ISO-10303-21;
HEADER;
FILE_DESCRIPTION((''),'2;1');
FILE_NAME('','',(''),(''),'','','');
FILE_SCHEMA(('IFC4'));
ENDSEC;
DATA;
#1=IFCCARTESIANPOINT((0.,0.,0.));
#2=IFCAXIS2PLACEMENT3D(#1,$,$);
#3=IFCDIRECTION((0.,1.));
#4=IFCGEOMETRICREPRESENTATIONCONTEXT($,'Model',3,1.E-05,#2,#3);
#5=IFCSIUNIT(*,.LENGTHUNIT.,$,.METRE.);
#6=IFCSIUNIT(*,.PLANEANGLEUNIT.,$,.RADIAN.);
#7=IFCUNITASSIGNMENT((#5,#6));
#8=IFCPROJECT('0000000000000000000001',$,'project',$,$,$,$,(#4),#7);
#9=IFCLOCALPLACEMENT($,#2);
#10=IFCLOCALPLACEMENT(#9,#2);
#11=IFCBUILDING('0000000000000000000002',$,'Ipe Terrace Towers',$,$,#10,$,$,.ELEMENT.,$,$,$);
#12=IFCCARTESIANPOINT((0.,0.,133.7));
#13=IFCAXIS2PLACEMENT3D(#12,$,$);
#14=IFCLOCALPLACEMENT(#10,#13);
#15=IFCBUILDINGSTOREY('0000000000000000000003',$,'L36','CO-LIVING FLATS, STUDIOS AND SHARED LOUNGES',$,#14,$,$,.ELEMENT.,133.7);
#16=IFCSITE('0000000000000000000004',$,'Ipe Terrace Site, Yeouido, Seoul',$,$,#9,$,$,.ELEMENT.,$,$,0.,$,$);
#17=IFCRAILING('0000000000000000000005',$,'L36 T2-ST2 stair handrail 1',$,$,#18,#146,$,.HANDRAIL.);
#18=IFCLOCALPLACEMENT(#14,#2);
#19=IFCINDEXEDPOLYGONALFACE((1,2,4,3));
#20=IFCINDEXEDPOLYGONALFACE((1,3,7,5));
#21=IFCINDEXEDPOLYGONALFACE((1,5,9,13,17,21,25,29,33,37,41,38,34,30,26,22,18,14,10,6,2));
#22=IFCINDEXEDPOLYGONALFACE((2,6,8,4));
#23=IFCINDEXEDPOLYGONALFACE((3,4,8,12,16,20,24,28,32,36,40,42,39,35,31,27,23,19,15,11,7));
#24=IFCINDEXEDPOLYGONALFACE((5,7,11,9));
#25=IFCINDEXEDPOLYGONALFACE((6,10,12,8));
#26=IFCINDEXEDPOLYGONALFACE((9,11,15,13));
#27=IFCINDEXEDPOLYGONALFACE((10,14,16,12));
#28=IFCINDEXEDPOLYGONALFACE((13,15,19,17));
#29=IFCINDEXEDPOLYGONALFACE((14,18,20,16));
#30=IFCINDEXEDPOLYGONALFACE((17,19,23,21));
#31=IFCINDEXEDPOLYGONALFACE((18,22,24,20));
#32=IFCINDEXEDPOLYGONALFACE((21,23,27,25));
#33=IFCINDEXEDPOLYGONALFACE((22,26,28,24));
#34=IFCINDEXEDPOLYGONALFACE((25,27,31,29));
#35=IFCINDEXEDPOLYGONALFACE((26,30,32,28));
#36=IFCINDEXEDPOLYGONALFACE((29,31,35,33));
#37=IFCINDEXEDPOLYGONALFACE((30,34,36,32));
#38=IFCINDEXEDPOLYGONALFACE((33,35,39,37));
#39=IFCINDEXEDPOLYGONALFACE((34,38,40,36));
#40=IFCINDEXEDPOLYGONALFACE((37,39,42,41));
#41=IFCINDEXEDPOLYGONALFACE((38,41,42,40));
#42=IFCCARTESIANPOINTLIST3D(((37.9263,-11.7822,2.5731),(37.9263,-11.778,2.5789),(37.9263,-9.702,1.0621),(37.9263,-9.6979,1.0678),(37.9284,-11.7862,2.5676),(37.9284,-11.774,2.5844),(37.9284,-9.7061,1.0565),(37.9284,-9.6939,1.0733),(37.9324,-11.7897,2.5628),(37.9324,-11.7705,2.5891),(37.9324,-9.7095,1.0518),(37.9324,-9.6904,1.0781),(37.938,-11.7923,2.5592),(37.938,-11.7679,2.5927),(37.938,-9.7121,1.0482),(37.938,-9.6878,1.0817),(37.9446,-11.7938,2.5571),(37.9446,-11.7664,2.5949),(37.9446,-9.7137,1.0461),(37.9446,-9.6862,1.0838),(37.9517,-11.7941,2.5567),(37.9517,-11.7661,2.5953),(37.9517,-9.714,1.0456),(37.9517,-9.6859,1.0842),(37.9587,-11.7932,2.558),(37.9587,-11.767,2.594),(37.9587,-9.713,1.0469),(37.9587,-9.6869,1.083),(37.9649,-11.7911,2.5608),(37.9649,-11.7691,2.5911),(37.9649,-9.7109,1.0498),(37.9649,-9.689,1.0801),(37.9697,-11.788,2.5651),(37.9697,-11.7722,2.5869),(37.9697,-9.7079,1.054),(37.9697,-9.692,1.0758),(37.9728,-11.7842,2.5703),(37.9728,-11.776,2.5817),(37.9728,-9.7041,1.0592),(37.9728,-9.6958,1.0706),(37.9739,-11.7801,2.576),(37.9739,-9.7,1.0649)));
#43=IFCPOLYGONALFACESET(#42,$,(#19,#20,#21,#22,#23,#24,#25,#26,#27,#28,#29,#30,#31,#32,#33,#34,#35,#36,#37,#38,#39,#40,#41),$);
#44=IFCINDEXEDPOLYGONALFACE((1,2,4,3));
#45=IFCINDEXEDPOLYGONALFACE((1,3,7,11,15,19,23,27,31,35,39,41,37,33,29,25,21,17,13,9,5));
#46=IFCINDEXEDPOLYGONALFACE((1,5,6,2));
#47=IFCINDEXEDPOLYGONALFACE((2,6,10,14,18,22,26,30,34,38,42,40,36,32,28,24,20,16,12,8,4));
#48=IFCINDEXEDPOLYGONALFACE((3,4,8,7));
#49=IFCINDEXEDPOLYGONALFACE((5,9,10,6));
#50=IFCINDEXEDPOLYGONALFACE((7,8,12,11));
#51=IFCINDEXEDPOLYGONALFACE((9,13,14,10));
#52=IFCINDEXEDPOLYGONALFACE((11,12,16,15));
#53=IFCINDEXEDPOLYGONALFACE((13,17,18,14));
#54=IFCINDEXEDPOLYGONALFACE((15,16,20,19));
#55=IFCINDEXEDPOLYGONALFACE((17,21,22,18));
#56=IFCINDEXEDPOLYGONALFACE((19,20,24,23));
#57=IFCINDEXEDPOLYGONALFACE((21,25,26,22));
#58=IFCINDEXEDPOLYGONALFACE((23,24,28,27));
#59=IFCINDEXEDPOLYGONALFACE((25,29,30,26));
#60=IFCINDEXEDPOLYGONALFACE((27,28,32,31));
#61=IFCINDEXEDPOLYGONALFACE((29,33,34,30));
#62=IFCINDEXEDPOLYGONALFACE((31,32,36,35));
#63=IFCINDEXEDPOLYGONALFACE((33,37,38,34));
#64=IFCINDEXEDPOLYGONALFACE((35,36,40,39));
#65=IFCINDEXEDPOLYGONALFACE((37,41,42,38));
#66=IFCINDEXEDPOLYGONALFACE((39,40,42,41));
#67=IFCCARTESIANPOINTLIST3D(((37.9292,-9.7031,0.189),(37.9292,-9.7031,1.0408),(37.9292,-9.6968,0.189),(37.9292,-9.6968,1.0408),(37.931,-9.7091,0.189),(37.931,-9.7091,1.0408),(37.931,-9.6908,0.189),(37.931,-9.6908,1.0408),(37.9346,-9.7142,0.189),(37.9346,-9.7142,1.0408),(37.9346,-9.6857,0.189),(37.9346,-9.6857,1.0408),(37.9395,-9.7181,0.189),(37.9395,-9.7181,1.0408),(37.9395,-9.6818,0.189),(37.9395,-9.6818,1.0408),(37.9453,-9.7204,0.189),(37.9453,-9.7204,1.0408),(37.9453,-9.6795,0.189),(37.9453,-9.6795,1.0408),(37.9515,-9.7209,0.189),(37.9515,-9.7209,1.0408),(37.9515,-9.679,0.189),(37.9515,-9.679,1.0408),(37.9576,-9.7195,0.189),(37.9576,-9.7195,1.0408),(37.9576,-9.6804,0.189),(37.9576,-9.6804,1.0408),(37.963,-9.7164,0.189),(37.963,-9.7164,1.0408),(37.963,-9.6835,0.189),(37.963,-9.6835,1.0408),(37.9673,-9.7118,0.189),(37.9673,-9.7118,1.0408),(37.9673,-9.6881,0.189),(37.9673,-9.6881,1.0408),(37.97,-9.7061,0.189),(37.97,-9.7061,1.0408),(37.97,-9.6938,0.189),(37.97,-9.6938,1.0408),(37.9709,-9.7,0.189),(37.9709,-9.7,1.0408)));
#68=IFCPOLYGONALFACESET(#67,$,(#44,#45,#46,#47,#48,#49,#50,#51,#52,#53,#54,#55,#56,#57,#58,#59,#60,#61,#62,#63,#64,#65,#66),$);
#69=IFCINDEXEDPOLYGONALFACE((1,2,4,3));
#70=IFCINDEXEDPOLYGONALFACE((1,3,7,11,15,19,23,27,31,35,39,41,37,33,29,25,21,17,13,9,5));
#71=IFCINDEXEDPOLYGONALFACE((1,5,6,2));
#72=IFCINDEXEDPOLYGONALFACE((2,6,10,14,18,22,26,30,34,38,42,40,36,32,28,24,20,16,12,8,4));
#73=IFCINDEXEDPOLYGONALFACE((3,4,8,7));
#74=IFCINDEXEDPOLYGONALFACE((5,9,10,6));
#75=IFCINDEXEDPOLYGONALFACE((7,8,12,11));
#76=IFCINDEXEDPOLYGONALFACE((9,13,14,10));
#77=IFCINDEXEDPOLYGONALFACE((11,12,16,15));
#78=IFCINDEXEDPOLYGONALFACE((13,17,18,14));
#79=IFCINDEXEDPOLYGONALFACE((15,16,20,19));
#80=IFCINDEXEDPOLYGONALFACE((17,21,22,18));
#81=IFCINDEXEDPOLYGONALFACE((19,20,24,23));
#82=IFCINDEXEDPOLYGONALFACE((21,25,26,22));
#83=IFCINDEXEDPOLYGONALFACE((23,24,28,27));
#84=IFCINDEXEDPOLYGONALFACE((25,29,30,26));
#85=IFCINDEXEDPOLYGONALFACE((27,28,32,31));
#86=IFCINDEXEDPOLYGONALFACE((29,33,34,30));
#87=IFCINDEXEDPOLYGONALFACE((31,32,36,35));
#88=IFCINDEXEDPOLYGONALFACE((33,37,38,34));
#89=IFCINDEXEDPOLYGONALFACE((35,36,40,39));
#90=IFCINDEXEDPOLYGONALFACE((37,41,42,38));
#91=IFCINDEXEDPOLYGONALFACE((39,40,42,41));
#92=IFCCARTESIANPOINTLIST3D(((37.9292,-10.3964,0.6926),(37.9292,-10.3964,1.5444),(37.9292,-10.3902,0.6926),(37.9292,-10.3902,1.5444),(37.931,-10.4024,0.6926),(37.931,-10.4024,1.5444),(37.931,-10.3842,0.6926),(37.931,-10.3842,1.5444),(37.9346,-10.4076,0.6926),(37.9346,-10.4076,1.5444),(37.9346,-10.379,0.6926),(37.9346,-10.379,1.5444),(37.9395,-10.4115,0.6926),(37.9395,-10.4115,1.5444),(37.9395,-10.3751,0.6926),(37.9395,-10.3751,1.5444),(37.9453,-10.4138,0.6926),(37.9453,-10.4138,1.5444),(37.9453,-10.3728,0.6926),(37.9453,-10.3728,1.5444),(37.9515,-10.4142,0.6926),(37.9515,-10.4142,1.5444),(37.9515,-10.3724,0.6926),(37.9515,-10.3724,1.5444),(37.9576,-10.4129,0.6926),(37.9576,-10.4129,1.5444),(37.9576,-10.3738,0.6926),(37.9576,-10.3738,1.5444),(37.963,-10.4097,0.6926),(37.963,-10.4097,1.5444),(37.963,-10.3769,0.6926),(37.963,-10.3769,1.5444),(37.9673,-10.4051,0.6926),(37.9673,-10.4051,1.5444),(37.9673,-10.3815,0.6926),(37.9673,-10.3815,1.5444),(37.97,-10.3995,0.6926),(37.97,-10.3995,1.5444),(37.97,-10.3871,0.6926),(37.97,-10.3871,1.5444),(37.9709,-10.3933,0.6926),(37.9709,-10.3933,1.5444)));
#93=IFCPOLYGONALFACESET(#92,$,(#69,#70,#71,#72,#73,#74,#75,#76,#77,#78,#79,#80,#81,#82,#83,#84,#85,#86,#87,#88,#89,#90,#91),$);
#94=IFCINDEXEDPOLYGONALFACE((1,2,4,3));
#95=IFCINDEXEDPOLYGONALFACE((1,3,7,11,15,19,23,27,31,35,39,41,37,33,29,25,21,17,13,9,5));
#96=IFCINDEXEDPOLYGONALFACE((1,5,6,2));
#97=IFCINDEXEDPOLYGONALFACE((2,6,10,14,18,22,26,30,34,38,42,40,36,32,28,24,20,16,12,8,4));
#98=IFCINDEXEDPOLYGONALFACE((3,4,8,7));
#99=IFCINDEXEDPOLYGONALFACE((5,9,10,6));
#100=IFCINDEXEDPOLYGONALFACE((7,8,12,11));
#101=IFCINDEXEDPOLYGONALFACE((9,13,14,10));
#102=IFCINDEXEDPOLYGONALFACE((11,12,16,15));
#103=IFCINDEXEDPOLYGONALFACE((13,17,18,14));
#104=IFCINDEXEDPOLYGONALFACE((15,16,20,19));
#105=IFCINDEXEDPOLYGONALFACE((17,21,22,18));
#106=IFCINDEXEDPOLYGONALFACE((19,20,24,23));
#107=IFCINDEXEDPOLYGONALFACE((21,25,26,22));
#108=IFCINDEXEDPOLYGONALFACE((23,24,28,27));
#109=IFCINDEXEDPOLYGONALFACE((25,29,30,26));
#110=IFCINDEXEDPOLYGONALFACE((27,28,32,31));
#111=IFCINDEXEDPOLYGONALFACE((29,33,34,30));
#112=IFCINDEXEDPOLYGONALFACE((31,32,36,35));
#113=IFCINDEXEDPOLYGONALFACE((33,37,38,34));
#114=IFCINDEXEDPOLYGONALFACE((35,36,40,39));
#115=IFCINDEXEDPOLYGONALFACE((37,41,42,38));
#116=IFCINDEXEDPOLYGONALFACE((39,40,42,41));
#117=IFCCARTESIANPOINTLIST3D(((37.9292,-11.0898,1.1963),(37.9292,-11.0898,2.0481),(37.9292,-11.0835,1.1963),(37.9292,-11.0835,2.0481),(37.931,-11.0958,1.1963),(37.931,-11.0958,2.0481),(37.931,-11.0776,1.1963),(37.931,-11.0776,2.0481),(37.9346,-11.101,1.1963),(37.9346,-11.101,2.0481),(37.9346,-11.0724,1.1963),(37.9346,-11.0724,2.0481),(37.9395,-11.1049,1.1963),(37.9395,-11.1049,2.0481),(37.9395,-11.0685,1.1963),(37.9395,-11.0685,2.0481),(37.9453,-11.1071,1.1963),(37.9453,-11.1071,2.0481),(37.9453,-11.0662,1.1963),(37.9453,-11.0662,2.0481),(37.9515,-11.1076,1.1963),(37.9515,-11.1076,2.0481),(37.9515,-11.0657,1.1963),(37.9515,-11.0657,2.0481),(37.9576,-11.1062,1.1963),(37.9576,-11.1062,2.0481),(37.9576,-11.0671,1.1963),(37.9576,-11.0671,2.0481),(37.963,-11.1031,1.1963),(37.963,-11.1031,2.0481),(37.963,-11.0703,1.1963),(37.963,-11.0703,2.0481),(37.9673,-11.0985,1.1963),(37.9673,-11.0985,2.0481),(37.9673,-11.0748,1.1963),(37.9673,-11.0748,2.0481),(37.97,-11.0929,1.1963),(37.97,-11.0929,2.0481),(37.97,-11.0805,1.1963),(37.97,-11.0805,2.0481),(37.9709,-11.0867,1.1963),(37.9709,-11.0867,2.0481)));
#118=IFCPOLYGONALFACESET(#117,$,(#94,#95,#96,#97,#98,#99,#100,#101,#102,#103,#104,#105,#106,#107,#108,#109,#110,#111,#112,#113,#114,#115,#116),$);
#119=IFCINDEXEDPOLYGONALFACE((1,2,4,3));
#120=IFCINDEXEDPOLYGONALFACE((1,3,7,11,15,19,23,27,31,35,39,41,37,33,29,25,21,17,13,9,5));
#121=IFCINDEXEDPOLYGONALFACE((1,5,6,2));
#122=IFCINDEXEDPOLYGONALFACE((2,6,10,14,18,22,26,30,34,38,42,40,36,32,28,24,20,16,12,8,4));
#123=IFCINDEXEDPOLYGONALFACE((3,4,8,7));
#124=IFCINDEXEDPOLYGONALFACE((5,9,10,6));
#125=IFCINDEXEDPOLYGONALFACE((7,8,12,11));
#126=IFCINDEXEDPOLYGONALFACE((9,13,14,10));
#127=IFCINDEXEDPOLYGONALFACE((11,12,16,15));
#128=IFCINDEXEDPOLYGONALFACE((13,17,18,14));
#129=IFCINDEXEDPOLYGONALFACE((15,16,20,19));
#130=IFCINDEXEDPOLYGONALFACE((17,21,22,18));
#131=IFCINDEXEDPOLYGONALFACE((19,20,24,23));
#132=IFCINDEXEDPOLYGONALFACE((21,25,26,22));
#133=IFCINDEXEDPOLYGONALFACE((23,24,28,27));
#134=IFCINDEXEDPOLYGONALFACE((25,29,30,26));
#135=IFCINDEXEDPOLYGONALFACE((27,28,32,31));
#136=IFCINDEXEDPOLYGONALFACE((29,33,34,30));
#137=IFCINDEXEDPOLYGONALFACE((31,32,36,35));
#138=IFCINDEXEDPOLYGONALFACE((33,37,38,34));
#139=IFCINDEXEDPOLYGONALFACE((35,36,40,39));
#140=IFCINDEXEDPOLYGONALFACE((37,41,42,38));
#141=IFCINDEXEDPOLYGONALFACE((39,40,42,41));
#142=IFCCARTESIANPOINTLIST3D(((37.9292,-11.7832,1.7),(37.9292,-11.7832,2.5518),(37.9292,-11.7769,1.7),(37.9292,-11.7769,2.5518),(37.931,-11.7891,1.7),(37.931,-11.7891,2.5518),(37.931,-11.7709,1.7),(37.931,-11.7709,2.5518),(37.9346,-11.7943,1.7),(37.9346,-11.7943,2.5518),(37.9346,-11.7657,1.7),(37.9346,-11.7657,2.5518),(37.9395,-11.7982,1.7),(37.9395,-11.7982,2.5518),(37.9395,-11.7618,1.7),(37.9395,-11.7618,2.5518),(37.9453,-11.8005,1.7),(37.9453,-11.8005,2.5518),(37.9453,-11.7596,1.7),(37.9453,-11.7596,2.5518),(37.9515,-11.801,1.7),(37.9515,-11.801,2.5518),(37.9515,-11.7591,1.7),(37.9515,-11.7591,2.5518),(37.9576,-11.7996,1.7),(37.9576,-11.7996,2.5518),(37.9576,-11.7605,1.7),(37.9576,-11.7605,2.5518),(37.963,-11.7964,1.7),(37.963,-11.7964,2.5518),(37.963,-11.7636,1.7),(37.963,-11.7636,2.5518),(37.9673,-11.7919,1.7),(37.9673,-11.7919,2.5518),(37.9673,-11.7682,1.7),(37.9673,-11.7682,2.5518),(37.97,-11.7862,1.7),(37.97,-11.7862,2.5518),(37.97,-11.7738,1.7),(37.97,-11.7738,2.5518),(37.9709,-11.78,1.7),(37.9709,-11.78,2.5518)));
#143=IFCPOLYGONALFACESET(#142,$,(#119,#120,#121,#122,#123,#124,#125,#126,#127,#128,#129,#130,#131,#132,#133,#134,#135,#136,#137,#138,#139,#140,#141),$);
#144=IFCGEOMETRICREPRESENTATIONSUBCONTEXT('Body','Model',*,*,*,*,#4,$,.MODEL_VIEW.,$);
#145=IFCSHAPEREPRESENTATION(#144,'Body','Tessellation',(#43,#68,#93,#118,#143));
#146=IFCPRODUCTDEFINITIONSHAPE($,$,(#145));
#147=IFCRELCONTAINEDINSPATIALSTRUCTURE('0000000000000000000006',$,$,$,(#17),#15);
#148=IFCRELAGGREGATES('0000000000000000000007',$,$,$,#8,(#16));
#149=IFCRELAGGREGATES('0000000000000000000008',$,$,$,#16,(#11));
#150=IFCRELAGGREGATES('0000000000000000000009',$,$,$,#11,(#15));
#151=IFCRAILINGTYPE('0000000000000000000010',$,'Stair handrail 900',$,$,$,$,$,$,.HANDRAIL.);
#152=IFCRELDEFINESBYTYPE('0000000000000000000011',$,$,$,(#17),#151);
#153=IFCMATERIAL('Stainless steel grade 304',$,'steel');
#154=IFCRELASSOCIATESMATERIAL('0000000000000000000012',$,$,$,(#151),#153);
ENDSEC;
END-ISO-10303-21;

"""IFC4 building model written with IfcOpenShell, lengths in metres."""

from ifc_helpers import new_model, si_unit, direction, frame, origin, origin_2d, place, context, subcontext, project, spatial, circle, extrude, material, type_object, element, save


model = new_model("IFC4")

# Units and contexts
model_context = context("Model", 3, precision=1e-05, world=origin(), true_north=direction((0.0, 1.0)))
body_context = subcontext(model_context, "Body", "Model", "MODEL_VIEW")
ifc_project = project(units=[si_unit("LENGTHUNIT", "METRE"), si_unit("PLANEANGLEUNIT", "RADIAN")], contexts=[model_context])

# Site, building, storey
site_placement = place(None, origin())
site = spatial("IfcSite", under=ifc_project, at=site_placement, Name="Ipe Terrace Site, Yeouido, Seoul", CompositionType="ELEMENT", RefElevation=0.0)
building_placement = place(site_placement, origin())
building = spatial("IfcBuilding", under=site, at=building_placement, Name="Ipe Terrace Towers", CompositionType="ELEMENT")
storey_placement = place(building_placement, frame((0.0, 0.0, 133.7)))
storey = spatial("IfcBuildingStorey", under=building, at=storey_placement, Name="L36", Description="CO-LIVING FLATS, STUDIOS AND SHARED LOUNGES", CompositionType="ELEMENT", Elevation=133.7)

# Railing
ifc_material_1 = material(Name="Stainless steel grade 304", Category="steel")
railing_type_1 = type_object("IfcRailingType", Name="Stair handrail 900", PredefinedType="HANDRAIL", material=ifc_material_1)
railing_1_placement = place(storey_placement, frame((37.95, -9.7, 0.189)))
element("IfcRailing", 1, at=railing_1_placement, inside=storey, type_object=railing_type_1, Name="L36 T2-ST2 stair handrail 1", PredefinedType="HANDRAIL", context=body_context, shape_type="SweptSolid", body=[
    extrude(circle(Radius=0.0239, at=origin_2d()), frame((0.0, 0.0, 0.876), z_axis=(0.0, -0.809069, 0.587714), x_axis=(1.0, 0.0, 0.0)), (0.0, 0.0, 1.0), 2.571),
    extrude(circle(Radius=0.021, at=origin_2d()), origin(), (0.0, 0.0, 1.0), 0.8518),
    extrude(circle(Radius=0.021, at=origin_2d()), frame((0.0, -0.6934, 0.5037)), (0.0, 0.0, 1.0), 0.8518),
    extrude(circle(Radius=0.021, at=origin_2d()), frame((0.0, -1.3867, 1.0073)), (0.0, 0.0, 1.0), 0.8518),
    extrude(circle(Radius=0.021, at=origin_2d()), frame((0.0, -2.0801, 1.511)), (0.0, 0.0, 1.0), 0.8518),
])

save(model, "model.ifc")
